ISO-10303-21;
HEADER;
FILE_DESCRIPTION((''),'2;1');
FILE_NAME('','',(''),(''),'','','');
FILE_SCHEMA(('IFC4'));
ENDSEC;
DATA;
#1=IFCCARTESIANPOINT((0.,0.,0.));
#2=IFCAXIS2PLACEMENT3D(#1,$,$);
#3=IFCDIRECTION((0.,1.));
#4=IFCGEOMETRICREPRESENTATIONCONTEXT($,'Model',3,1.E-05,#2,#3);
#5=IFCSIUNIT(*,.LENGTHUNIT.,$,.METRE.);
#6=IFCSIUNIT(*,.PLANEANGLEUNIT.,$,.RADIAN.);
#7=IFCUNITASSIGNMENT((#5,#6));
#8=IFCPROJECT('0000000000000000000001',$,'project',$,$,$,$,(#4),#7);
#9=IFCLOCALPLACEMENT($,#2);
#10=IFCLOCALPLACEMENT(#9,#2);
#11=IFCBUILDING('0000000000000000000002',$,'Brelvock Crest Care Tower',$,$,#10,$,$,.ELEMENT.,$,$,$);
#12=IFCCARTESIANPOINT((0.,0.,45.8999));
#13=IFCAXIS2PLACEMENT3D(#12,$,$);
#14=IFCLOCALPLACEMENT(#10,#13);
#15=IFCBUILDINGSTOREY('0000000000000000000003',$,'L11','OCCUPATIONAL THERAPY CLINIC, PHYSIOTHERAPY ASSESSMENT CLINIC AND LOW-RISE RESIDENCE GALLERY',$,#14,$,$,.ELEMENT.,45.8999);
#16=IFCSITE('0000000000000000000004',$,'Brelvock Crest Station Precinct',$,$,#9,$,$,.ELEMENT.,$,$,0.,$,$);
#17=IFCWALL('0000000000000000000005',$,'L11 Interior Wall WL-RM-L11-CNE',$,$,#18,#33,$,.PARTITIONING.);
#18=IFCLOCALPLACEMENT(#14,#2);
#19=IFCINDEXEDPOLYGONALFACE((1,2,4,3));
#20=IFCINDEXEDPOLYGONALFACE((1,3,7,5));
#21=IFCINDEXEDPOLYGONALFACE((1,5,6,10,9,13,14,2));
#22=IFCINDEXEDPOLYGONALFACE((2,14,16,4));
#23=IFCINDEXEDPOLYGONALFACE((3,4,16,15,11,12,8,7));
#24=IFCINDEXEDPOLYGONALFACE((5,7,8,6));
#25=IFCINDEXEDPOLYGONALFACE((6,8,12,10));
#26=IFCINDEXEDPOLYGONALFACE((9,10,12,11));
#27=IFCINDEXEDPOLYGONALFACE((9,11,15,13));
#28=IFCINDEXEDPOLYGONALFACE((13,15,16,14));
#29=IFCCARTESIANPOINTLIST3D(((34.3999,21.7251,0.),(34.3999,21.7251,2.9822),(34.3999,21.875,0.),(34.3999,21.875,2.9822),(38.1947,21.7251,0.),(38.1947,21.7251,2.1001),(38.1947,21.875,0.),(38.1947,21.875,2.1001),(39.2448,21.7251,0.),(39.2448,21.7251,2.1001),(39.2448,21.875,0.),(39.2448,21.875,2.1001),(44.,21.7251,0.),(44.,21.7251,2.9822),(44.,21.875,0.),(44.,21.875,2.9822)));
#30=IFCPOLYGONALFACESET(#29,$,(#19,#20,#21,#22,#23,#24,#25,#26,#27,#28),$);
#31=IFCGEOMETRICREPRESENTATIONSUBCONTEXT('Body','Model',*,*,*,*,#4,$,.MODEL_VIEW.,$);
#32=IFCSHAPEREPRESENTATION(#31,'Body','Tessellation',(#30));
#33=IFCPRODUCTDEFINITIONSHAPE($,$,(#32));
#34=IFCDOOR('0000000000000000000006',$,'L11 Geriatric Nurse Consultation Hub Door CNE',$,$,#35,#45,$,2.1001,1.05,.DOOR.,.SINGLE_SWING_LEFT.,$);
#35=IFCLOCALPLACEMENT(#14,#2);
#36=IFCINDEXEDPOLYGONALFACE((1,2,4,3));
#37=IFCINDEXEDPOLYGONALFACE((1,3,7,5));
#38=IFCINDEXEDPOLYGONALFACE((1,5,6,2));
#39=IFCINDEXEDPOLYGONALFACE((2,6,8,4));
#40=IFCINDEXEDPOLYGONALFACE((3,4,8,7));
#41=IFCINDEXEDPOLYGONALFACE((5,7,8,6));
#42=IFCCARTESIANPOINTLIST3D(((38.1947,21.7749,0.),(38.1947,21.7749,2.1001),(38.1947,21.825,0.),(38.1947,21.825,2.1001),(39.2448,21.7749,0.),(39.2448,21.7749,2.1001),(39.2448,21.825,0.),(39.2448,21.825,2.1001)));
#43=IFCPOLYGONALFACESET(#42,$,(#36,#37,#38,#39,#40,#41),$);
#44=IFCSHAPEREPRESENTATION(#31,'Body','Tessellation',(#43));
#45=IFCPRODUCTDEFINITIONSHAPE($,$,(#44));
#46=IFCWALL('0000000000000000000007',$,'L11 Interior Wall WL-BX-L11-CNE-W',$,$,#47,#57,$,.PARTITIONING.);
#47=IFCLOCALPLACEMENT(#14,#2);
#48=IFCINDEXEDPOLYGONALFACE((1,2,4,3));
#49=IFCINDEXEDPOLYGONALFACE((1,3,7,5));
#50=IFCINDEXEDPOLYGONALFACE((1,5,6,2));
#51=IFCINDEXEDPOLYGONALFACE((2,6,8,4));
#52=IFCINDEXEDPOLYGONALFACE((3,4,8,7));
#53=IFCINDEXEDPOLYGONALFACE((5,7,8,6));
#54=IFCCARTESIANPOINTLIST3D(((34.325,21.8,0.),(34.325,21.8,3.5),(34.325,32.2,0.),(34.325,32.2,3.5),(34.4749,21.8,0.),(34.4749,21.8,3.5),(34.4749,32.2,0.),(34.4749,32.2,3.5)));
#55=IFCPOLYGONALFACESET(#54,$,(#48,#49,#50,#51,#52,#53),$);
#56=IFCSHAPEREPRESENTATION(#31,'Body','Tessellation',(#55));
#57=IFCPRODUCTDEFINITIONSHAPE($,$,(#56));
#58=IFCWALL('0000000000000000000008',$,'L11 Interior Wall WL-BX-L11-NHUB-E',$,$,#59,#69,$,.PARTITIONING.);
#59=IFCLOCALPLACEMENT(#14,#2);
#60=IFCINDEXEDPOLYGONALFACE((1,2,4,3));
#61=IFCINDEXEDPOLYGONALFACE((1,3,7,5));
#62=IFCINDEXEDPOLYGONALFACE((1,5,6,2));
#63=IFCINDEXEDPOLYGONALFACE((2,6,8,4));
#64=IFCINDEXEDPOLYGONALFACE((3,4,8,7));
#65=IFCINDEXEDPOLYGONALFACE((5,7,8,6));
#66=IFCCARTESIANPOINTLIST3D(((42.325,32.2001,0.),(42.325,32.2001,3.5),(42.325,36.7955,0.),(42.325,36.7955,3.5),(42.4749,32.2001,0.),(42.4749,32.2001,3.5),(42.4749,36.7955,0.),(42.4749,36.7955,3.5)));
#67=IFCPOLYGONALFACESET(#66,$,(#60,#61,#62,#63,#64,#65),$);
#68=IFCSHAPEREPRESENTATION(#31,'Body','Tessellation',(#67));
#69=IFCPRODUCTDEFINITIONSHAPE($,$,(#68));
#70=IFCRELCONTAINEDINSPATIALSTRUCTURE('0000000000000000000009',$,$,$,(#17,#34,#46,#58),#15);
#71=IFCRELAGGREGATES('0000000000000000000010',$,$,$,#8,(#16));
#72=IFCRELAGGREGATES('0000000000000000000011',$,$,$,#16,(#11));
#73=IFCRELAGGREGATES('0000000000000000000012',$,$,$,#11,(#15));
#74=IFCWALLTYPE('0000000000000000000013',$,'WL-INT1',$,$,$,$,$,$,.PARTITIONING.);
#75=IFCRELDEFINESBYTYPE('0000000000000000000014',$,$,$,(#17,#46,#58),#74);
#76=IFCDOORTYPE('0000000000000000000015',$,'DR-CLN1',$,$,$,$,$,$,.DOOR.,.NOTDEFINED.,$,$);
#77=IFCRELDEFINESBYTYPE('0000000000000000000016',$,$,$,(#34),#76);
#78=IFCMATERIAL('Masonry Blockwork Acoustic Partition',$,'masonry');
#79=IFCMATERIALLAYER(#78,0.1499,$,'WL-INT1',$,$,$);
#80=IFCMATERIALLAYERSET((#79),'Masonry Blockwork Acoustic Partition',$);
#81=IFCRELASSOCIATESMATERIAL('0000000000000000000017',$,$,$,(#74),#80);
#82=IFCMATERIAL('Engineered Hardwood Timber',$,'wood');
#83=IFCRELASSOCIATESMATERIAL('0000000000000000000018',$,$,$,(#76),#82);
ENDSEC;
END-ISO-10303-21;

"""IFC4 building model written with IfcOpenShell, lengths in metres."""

from ifc_helpers import new_model, si_unit, direction, frame, frame_2d, origin, origin_2d, place, context, subcontext, project, spatial, rectangle, extrude, source, transform, mapped, material, layer, layer_set, type_object, element, fill, save


model = new_model("IFC4")

# Units and contexts
model_context = context("Model", 3, precision=1e-05, world=origin(), true_north=direction((0.0, 1.0)))
body_context = subcontext(model_context, "Body", "Model", "MODEL_VIEW")
ifc_project = project(units=[si_unit("LENGTHUNIT", "METRE"), si_unit("PLANEANGLEUNIT", "RADIAN")], contexts=[model_context])

# Site, building, storey
site_placement = place(None, origin())
site = spatial("IfcSite", under=ifc_project, at=site_placement, Name="Brelvock Crest Station Precinct", CompositionType="ELEMENT", RefElevation=0.0)
building_placement = place(site_placement, origin())
building = spatial("IfcBuilding", under=site, at=building_placement, Name="Brelvock Crest Care Tower", CompositionType="ELEMENT")
storey_placement = place(building_placement, frame((0.0, 0.0, 45.8999)))
storey = spatial("IfcBuildingStorey", under=building, at=storey_placement, Name="L11", Description="OCCUPATIONAL THERAPY CLINIC, PHYSIOTHERAPY ASSESSMENT CLINIC AND LOW-RISE RESIDENCE GALLERY", CompositionType="ELEMENT", Elevation=45.8999)

# Wall, opening, door
ifc_material_1 = material(Name="Masonry Blockwork Acoustic Partition", Category="masonry")
ifc_layer = layer(ifc_material_1, 0.1499, Name="WL-INT1")
ifc_layer_set = layer_set([ifc_layer], Name="Masonry Blockwork Acoustic Partition")
wall_type = type_object("IfcWallType", Name="WL-INT1", PredefinedType="PARTITIONING", material=ifc_layer_set)
wall_1_placement = place(storey_placement, frame((34.3999, 21.8, 0.0), z_axis=(0.0, 0.0, 1.0), x_axis=(1.0, 0.0, 0.0)))
wall_1 = element("IfcWall", 1, at=wall_1_placement, inside=storey, type_object=wall_type, Name="L11 Interior Wall WL-RM-L11-CNE", PredefinedType="PARTITIONING", context=body_context, shape_type="SweptSolid", body=[
    extrude(rectangle(XDim=9.6001, YDim=0.1499, at=frame_2d((4.8, 0.0))), origin(), (0.0, 0.0, 1.0), 2.9822),
])
opening_placement = place(wall_1_placement, frame((3.7949, 0.0, 0.0)))
opening = element("IfcOpeningElement", 2, at=opening_placement, cuts=wall_1, PredefinedType="OPENING", context=body_context, shape_type="SweptSolid", body=[
    extrude(rectangle(XDim=1.05, YDim=2.1001, at=origin_2d()), frame((0.5249, 0.085, 1.05), z_axis=(0.0, -1.0, 0.0), x_axis=(1.0, 0.0, 0.0)), (0.0, 0.0, 1.0), 0.1699),
])
ifc_material_2 = material(Name="Engineered Hardwood Timber", Category="wood")
door_type = type_object("IfcDoorType", Name="DR-CLN1", OperationType="NOTDEFINED", PredefinedType="DOOR", material=ifc_material_2)
shared_shape_1 = source(origin(), body_context, "Body", "SweptSolid", [
    extrude(rectangle(XDim=1.05, YDim=2.1001, at=origin_2d()), frame((0.5249, 0.0249, 1.05), z_axis=(0.0, -1.0, 0.0), x_axis=(1.0, 0.0, 0.0)), (0.0, 0.0, 1.0), 0.05),
])
door_placement = place(opening_placement, origin())
door = element("IfcDoor", 3, at=door_placement, inside=storey, type_object=door_type, Name="L11 Geriatric Nurse Consultation Hub Door CNE", OperationType="SINGLE_SWING_LEFT", OverallHeight=2.1001, OverallWidth=1.05, PredefinedType="DOOR", context=body_context, shape_type="MappedRepresentation", body=[
    mapped(shared_shape_1, transform((0.0, 0.0, 0.0), x_axis=(1.0, 0.0, 0.0), y_axis=(0.0, 1.0, 0.0), z_axis=(0.0, 0.0, 1.0), scale=1.0)),
])
fill(opening, door)

# Walls
wall_2_placement = place(storey_placement, frame((34.3999, 21.8, 0.0), z_axis=(0.0, 0.0, 1.0), x_axis=(0.0, 1.0, 0.0)))
element("IfcWall", 4, at=wall_2_placement, inside=storey, type_object=wall_type, Name="L11 Interior Wall WL-BX-L11-CNE-W", PredefinedType="PARTITIONING", context=body_context, shape_type="SweptSolid", body=[
    extrude(rectangle(XDim=10.3999, YDim=0.1499, at=frame_2d((5.2, 0.0))), origin(), (0.0, 0.0, 1.0), 3.5),
])
wall_3_placement = place(storey_placement, frame((42.3999, 32.2, 0.0), z_axis=(0.0, 0.0, 1.0), x_axis=(0.0, 1.0, 0.0)))
element("IfcWall", 5, at=wall_3_placement, inside=storey, type_object=wall_type, Name="L11 Interior Wall WL-BX-L11-NHUB-E", PredefinedType="PARTITIONING", context=body_context, shape_type="SweptSolid", body=[
    extrude(rectangle(XDim=4.5955, YDim=0.1499, at=frame_2d((2.2979, 0.0))), origin(), (0.0, 0.0, 1.0), 3.5),
])

save(model, "model.ifc")
